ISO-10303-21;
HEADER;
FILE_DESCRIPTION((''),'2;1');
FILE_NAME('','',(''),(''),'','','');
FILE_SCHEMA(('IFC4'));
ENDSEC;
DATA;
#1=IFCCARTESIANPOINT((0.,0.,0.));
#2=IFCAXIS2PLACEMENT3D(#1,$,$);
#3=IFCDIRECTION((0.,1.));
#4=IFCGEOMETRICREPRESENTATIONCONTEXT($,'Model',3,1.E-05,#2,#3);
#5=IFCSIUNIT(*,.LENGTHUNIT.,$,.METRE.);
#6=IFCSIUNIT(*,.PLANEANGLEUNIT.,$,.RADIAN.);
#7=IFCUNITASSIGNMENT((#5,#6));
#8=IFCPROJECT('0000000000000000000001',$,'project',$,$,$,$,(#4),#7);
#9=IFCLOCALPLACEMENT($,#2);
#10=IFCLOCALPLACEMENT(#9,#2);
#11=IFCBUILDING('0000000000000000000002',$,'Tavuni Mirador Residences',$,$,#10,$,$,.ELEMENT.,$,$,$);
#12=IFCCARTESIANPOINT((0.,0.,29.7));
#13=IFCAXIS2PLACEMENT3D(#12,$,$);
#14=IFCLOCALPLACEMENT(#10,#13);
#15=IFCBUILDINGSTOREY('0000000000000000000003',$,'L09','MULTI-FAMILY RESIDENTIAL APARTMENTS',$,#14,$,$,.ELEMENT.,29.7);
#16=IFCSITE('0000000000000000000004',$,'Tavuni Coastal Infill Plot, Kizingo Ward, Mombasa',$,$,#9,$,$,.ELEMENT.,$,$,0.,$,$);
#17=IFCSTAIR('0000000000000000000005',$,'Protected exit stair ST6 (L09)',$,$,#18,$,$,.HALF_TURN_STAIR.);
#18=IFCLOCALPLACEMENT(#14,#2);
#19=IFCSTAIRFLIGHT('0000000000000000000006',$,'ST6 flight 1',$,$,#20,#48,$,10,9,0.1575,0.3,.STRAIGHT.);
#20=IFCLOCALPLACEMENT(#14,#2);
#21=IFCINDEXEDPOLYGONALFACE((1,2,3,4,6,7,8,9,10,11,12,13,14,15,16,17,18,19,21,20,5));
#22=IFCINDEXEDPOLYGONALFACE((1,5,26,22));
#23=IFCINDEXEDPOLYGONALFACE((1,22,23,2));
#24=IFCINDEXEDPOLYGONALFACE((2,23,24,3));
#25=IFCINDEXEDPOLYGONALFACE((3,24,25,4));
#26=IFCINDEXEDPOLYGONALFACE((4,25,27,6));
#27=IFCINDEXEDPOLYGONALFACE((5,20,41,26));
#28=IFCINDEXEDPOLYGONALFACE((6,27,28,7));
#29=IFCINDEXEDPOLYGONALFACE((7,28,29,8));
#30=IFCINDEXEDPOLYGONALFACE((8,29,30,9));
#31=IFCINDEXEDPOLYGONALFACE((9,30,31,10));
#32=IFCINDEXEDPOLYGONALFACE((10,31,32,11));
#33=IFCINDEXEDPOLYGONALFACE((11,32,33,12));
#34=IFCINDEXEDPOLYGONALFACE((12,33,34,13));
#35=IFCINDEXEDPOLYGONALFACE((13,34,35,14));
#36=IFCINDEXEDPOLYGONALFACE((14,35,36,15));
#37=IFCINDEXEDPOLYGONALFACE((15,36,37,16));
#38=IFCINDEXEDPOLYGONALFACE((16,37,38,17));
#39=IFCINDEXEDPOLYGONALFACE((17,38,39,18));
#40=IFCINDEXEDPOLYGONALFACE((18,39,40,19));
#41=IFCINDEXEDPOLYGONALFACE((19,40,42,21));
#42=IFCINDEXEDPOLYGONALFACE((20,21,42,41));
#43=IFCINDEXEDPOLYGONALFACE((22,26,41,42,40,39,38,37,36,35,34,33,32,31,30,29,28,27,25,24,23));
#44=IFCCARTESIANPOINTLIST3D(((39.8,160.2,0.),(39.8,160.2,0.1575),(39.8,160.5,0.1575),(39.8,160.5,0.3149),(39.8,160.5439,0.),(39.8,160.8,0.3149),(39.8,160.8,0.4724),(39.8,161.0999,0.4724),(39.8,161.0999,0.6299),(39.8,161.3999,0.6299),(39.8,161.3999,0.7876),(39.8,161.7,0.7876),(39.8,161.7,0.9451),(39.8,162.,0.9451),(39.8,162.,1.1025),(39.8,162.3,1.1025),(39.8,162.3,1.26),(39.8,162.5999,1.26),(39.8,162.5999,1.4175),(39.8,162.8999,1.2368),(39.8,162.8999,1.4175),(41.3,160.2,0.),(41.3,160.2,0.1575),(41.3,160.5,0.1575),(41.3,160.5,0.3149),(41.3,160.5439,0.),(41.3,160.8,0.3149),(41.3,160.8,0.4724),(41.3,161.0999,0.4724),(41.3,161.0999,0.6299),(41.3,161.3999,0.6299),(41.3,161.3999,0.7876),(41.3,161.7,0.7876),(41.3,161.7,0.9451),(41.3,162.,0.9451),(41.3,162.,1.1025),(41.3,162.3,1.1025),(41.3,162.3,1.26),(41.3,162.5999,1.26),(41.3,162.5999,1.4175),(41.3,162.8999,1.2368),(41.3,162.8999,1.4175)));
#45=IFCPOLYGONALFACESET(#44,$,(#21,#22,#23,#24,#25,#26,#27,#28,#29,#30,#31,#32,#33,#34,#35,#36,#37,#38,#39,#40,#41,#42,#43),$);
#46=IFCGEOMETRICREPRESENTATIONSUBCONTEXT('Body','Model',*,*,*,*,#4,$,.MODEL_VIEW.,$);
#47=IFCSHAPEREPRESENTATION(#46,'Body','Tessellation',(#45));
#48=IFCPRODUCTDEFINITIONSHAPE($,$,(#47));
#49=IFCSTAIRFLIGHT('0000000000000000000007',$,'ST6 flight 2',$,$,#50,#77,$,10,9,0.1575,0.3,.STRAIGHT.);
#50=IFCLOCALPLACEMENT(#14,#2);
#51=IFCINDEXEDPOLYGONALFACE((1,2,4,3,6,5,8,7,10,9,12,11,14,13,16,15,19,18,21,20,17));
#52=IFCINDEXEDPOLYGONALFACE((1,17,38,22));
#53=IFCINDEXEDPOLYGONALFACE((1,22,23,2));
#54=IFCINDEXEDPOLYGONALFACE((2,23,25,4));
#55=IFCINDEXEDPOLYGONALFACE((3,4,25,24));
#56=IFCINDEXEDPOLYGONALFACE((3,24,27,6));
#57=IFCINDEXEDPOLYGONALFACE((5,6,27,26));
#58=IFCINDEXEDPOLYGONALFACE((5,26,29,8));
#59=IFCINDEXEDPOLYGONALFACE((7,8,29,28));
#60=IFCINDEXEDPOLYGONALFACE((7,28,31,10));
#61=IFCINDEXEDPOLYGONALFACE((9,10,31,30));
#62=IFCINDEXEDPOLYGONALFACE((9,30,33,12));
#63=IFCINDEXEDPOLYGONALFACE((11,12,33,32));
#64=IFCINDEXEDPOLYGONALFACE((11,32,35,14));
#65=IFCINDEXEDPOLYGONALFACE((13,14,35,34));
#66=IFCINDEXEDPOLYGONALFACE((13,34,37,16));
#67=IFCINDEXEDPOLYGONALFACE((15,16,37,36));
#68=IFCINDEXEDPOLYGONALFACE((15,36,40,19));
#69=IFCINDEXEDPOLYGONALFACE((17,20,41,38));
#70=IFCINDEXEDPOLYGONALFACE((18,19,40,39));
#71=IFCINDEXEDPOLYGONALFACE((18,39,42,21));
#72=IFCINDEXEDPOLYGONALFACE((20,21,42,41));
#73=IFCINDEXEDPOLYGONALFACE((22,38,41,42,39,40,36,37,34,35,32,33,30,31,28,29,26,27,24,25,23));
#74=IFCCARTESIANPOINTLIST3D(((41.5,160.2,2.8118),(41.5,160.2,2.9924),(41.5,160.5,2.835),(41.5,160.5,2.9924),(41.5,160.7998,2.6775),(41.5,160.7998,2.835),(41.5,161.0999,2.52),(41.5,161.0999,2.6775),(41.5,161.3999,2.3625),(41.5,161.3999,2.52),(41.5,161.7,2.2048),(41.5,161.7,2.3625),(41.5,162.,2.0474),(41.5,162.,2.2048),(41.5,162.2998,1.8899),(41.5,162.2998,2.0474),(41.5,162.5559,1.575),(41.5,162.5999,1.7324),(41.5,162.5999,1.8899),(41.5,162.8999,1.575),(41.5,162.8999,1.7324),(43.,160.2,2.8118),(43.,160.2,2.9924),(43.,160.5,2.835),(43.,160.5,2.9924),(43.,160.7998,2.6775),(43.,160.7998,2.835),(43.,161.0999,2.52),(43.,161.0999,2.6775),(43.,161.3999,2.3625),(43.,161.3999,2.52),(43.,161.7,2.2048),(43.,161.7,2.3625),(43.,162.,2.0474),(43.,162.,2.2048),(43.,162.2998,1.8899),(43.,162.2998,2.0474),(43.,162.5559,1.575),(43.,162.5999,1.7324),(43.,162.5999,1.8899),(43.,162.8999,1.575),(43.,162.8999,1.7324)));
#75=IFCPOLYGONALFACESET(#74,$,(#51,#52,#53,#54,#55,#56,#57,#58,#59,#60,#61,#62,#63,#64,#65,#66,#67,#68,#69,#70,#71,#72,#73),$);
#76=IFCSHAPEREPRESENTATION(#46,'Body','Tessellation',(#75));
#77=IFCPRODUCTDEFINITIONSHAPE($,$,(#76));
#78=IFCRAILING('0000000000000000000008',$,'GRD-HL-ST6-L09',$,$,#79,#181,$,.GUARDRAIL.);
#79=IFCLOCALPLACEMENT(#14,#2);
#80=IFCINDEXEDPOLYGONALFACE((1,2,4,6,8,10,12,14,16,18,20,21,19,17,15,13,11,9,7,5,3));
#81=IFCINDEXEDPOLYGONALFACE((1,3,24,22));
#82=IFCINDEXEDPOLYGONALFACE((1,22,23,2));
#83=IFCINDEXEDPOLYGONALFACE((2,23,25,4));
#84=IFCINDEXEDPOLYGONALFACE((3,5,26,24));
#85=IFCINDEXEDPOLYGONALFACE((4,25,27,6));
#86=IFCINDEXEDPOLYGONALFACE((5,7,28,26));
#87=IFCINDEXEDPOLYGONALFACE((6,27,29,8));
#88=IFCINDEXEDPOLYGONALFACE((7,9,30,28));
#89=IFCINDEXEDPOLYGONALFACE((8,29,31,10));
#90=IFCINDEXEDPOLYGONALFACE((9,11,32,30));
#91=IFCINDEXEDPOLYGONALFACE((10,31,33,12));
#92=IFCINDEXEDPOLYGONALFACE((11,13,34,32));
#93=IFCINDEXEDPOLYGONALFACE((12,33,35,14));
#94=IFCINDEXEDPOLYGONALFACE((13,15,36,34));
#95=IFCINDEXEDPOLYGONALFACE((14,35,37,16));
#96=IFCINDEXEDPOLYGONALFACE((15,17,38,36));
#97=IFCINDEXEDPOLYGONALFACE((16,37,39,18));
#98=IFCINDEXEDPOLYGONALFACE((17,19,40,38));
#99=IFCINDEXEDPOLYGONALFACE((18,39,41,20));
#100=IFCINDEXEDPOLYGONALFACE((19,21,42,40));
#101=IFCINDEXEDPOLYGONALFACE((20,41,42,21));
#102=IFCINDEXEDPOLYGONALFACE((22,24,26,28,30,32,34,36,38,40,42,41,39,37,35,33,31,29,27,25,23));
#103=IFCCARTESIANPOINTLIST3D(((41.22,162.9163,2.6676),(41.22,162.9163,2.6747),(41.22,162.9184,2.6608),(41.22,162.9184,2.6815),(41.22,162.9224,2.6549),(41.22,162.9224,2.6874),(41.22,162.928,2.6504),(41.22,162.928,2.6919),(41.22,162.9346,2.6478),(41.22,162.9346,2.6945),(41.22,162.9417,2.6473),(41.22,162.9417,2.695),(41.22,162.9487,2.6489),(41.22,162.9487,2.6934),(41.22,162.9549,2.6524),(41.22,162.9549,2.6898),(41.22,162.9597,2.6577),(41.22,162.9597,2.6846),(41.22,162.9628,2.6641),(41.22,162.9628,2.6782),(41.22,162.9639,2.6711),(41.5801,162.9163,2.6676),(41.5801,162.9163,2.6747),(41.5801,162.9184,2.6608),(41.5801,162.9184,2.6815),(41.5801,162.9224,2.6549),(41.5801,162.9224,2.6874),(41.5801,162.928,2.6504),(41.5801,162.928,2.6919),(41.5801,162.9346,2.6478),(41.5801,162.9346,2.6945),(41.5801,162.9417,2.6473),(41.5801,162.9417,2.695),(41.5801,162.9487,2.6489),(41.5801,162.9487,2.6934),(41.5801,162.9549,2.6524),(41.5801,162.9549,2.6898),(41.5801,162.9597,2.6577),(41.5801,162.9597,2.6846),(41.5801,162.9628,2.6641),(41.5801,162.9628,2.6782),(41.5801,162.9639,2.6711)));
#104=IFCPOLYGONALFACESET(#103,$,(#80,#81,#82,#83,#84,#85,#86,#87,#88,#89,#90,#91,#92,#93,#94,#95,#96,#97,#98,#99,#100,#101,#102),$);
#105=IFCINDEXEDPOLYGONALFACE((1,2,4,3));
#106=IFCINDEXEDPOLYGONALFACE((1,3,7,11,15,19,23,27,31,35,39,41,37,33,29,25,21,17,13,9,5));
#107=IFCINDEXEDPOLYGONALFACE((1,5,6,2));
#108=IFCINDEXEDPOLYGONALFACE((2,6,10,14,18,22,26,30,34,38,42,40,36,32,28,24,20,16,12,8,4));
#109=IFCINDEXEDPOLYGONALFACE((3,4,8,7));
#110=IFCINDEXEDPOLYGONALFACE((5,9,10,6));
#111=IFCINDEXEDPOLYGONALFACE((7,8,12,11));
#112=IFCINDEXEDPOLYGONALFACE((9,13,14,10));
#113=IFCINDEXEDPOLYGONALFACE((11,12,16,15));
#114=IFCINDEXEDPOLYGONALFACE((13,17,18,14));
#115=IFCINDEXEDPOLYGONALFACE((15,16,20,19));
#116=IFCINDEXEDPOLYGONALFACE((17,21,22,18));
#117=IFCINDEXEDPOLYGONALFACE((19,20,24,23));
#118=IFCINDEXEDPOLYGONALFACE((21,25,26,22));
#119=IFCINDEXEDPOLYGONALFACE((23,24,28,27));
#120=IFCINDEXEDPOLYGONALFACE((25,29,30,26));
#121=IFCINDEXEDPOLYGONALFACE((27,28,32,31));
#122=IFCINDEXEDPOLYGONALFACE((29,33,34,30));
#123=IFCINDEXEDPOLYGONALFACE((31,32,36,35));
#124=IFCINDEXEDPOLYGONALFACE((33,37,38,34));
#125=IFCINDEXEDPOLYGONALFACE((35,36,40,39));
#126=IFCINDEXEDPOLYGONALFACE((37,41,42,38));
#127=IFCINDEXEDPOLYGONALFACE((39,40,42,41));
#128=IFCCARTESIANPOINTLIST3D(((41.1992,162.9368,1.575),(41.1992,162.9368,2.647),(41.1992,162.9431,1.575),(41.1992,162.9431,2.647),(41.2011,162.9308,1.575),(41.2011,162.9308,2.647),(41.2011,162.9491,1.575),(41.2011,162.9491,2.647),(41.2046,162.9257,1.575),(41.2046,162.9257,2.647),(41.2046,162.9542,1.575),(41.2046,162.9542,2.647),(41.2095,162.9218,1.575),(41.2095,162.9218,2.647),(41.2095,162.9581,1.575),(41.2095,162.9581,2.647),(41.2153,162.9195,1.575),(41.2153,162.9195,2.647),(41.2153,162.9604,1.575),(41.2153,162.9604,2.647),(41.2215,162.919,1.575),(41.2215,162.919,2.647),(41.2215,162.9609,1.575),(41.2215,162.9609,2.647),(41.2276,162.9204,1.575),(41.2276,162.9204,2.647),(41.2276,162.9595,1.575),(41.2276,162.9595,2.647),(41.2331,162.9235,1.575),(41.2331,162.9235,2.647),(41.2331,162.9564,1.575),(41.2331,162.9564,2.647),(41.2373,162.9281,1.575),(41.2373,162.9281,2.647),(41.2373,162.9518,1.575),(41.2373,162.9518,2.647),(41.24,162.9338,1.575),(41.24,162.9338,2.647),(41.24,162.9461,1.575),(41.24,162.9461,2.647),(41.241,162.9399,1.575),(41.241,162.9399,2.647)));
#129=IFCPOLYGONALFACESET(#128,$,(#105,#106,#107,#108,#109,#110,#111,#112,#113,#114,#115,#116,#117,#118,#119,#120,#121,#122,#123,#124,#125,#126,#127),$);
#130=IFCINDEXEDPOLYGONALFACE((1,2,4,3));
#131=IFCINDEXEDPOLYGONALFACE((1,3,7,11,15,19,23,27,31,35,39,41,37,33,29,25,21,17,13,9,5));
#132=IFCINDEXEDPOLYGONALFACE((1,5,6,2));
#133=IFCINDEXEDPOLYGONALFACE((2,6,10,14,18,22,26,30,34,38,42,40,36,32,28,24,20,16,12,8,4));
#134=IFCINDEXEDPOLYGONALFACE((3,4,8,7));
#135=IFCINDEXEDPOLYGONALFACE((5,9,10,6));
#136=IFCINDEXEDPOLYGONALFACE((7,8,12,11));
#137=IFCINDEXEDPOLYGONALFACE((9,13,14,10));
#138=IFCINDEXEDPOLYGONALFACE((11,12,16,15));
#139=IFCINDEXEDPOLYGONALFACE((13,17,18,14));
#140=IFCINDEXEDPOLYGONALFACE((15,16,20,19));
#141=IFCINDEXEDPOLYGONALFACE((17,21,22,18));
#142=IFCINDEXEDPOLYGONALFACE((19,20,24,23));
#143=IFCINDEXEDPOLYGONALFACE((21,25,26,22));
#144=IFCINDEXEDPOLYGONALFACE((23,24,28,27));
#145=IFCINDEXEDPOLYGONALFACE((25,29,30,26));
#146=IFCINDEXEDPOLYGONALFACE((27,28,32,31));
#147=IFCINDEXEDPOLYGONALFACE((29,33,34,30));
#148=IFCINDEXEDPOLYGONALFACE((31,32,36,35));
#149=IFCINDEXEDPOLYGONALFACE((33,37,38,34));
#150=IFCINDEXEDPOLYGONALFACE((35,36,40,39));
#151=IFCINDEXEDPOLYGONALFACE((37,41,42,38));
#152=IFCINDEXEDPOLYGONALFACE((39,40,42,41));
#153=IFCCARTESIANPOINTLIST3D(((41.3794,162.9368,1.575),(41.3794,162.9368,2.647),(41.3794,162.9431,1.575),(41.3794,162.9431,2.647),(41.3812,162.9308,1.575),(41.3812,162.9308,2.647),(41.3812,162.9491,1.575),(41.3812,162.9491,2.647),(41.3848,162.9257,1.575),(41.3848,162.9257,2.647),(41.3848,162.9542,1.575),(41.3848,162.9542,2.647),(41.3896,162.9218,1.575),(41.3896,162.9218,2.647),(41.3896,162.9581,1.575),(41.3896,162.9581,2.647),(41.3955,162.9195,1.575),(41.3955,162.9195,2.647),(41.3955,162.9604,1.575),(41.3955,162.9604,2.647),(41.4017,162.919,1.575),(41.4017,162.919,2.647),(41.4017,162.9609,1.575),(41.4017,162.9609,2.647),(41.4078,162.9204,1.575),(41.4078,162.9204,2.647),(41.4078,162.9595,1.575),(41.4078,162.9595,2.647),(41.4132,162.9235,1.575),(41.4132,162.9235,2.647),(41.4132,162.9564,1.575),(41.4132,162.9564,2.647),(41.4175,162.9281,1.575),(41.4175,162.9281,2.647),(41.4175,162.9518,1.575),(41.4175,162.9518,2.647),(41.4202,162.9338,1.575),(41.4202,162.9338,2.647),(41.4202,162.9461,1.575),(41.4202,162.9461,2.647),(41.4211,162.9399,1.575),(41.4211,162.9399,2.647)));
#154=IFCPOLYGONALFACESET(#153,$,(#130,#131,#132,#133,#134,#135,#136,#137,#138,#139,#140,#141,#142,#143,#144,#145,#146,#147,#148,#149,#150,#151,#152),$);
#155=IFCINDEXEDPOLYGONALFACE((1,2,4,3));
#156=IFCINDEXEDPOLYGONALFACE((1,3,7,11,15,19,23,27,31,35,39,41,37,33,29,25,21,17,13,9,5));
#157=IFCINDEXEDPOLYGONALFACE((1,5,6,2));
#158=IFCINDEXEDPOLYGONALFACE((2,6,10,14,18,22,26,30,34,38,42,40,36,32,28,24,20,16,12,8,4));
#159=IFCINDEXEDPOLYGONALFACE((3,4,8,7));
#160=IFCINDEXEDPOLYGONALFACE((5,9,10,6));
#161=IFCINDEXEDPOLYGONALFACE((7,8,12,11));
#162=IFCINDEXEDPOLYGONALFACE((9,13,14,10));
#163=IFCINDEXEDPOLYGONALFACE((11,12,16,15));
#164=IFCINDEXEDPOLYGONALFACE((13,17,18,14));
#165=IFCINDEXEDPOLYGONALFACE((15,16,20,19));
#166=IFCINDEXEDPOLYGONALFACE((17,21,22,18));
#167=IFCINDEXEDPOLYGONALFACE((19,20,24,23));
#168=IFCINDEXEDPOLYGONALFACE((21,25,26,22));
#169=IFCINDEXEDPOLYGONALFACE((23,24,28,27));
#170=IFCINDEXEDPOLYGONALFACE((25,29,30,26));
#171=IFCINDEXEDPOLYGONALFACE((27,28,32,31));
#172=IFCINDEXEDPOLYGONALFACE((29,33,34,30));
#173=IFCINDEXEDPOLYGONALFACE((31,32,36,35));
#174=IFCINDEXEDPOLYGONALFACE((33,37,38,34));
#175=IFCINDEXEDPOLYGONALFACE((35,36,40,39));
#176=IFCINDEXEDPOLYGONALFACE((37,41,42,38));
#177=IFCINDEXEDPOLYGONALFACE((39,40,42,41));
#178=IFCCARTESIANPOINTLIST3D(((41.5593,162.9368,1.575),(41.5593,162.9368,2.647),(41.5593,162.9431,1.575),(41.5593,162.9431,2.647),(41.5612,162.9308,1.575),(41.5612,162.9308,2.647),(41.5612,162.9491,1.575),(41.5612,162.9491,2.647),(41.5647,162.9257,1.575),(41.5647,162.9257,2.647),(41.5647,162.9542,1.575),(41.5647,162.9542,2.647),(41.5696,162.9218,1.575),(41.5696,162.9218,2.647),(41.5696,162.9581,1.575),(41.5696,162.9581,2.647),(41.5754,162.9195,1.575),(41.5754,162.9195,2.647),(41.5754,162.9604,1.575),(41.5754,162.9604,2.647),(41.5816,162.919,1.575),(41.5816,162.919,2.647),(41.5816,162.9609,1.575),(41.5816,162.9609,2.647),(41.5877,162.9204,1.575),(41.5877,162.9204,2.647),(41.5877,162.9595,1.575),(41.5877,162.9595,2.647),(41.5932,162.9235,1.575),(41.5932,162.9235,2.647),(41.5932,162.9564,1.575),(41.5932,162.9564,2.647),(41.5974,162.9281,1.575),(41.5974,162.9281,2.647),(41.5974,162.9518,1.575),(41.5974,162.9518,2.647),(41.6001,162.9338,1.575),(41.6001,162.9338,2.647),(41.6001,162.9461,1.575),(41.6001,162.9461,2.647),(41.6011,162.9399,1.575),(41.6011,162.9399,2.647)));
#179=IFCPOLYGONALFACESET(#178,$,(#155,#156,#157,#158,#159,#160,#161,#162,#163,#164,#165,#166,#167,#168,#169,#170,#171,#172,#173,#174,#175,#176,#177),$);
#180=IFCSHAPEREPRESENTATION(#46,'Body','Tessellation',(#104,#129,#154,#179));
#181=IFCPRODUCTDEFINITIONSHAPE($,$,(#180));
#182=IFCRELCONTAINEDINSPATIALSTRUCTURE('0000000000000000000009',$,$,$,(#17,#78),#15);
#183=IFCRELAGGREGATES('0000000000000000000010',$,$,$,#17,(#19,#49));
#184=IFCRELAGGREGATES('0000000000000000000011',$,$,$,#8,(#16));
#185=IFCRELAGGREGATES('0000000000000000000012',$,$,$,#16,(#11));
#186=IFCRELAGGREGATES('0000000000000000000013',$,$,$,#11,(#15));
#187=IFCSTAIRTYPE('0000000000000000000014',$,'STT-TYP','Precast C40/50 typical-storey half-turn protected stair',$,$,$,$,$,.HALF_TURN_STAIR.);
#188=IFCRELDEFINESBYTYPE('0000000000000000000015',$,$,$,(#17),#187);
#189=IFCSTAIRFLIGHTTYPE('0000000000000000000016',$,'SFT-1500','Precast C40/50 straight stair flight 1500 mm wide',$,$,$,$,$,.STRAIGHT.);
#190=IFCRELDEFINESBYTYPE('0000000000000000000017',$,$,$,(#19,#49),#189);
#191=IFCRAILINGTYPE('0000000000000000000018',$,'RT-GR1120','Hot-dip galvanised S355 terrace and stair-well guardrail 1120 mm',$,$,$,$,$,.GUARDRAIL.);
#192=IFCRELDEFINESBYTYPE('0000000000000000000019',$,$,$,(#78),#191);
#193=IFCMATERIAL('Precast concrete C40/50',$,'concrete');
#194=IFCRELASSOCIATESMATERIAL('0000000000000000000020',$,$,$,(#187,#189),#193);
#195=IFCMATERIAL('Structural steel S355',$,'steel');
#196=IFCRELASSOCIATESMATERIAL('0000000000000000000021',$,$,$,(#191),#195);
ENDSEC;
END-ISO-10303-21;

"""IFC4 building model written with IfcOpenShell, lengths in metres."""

from ifc_helpers import new_model, si_unit, direction, frame, origin, origin_2d, place, context, subcontext, project, spatial, polyline, circle, outline, extrude, material, type_object, element, aggregate, save


model = new_model("IFC4")

# Units and contexts
model_context = context("Model", 3, precision=1e-05, world=origin(), true_north=direction((0.0, 1.0)))
body_context = subcontext(model_context, "Body", "Model", "MODEL_VIEW")
ifc_project = project(units=[si_unit("LENGTHUNIT", "METRE"), si_unit("PLANEANGLEUNIT", "RADIAN")], contexts=[model_context])

# Site, building, storey
site_placement = place(None, origin())
site = spatial("IfcSite", under=ifc_project, at=site_placement, Name="Tavuni Coastal Infill Plot, Kizingo Ward, Mombasa", CompositionType="ELEMENT", RefElevation=0.0)
building_placement = place(site_placement, origin())
building = spatial("IfcBuilding", under=site, at=building_placement, Name="Tavuni Mirador Residences", CompositionType="ELEMENT")
storey_placement = place(building_placement, frame((0.0, 0.0, 29.7)))
storey = spatial("IfcBuildingStorey", under=building, at=storey_placement, Name="L09", Description="MULTI-FAMILY RESIDENTIAL APARTMENTS", CompositionType="ELEMENT", Elevation=29.7)

# Shared definitions
ifc_material_1 = material(Name="Precast concrete C40/50", Category="concrete")

# Shared definitions
ifc_material_2 = material(Name="Structural steel S355", Category="steel")

# Stair, stair flights
stair_type = type_object("IfcStairType", Name="STT-TYP", Description="Precast C40/50 typical-storey half-turn protected stair", PredefinedType="HALF_TURN_STAIR", material=ifc_material_1)
stair_placement = place(storey_placement, origin())
stair = element("IfcStair", 1, at=stair_placement, inside=storey, type_object=stair_type, Name="Protected exit stair ST6 (L09)", PredefinedType="HALF_TURN_STAIR")
stair_flight_type = type_object("IfcStairFlightType", Name="SFT-1500", Description="Precast C40/50 straight stair flight 1500 mm wide", PredefinedType="STRAIGHT", material=ifc_material_1)
stair_flight_1_placement = place(storey_placement, frame((40.55, 160.2, 0.0), z_axis=(0.0, 0.0, 1.0), x_axis=(0.0, 1.0, 0.0)))
stair_flight_1 = element("IfcStairFlight", 2, at=stair_flight_1_placement, type_object=stair_flight_type, Name="ST6 flight 1", NumberOfRisers=10, NumberOfTreads=9, PredefinedType="STRAIGHT", RiserHeight=0.1575, TreadLength=0.3, context=body_context, shape_type="SweptSolid", body=[
    extrude(outline(polyline([(0.0, 0.0), (0.0, 0.1575), (0.3, 0.1575), (0.3, 0.3149), (0.6001, 0.3149), (0.6001, 0.4724), (0.8999, 0.4724), (0.8999, 0.6299), (1.2, 0.6299), (1.2, 0.7876), (1.5, 0.7876), (1.5, 0.9451), (1.8, 0.9451), (1.8, 1.1025), (2.1001, 1.1025), (2.1001, 1.26), (2.3999, 1.26), (2.3999, 1.4175), (2.7, 1.4175), (2.7, 1.575), (2.7, 1.2368), (0.344, 0.0), (0.0, 0.0)])), frame((0.0, 0.75, 0.0), z_axis=(0.0, -1.0, 0.0), x_axis=(1.0, 0.0, 0.0)), (0.0, 0.0, 1.0), 1.5),
])
stair_flight_2_placement = place(storey_placement, frame((42.25, 162.8999, 1.575), z_axis=(0.0, 0.0, 1.0), x_axis=(0.0, -1.0, 0.0)))
stair_flight_2 = element("IfcStairFlight", 3, at=stair_flight_2_placement, type_object=stair_flight_type, Name="ST6 flight 2", NumberOfRisers=10, NumberOfTreads=9, PredefinedType="STRAIGHT", RiserHeight=0.1575, TreadLength=0.3, context=body_context, shape_type="SweptSolid", body=[
    extrude(outline(polyline([(0.0, 0.0), (0.0, 0.1575), (0.3, 0.1575), (0.3, 0.3149), (0.6001, 0.3149), (0.6001, 0.4724), (0.8999, 0.4724), (0.8999, 0.6299), (1.2, 0.6299), (1.2, 0.7876), (1.5, 0.7876), (1.5, 0.9451), (1.8, 0.9451), (1.8, 1.1025), (2.1001, 1.1025), (2.1001, 1.26), (2.3999, 1.26), (2.3999, 1.4175), (2.7, 1.4175), (2.7, 1.575), (2.7, 1.2368), (0.344, 0.0), (0.0, 0.0)])), frame((0.0, 0.75, 0.0), z_axis=(0.0, -1.0, 0.0), x_axis=(1.0, 0.0, 0.0)), (0.0, 0.0, 1.0), 1.5),
])
aggregate(stair, [stair_flight_1, stair_flight_2])

# Railing
railing_type_1 = type_object("IfcRailingType", Name="RT-GR1120", Description="Hot-dip galvanised S355 terrace and stair-well guardrail 1120 mm", PredefinedType="GUARDRAIL", material=ifc_material_2)
railing_1_placement = place(storey_placement, frame((41.22, 162.9399, 1.575)))
element("IfcRailing", 4, at=railing_1_placement, inside=storey, type_object=railing_type_1, Name="GRD-HL-ST6-L09", PredefinedType="GUARDRAIL", context=body_context, shape_type="SweptSolid", body=[
    extrude(circle(Radius=0.0239, at=origin_2d()), frame((0.0, 0.0, 1.0962), z_axis=(1.0, 0.0, 0.0), x_axis=(0.0, 1.0, 0.0)), (0.0, 0.0, 1.0), 0.3601),
    extrude(circle(Radius=0.021, at=origin_2d()), origin(), (0.0, 0.0, 1.0), 1.072),
    extrude(circle(Radius=0.021, at=origin_2d()), frame((0.1802, 0.0, 0.0)), (0.0, 0.0, 1.0), 1.072),
    extrude(circle(Radius=0.021, at=origin_2d()), frame((0.3601, 0.0, 0.0)), (0.0, 0.0, 1.0), 1.072),
])

save(model, "model.ifc")
